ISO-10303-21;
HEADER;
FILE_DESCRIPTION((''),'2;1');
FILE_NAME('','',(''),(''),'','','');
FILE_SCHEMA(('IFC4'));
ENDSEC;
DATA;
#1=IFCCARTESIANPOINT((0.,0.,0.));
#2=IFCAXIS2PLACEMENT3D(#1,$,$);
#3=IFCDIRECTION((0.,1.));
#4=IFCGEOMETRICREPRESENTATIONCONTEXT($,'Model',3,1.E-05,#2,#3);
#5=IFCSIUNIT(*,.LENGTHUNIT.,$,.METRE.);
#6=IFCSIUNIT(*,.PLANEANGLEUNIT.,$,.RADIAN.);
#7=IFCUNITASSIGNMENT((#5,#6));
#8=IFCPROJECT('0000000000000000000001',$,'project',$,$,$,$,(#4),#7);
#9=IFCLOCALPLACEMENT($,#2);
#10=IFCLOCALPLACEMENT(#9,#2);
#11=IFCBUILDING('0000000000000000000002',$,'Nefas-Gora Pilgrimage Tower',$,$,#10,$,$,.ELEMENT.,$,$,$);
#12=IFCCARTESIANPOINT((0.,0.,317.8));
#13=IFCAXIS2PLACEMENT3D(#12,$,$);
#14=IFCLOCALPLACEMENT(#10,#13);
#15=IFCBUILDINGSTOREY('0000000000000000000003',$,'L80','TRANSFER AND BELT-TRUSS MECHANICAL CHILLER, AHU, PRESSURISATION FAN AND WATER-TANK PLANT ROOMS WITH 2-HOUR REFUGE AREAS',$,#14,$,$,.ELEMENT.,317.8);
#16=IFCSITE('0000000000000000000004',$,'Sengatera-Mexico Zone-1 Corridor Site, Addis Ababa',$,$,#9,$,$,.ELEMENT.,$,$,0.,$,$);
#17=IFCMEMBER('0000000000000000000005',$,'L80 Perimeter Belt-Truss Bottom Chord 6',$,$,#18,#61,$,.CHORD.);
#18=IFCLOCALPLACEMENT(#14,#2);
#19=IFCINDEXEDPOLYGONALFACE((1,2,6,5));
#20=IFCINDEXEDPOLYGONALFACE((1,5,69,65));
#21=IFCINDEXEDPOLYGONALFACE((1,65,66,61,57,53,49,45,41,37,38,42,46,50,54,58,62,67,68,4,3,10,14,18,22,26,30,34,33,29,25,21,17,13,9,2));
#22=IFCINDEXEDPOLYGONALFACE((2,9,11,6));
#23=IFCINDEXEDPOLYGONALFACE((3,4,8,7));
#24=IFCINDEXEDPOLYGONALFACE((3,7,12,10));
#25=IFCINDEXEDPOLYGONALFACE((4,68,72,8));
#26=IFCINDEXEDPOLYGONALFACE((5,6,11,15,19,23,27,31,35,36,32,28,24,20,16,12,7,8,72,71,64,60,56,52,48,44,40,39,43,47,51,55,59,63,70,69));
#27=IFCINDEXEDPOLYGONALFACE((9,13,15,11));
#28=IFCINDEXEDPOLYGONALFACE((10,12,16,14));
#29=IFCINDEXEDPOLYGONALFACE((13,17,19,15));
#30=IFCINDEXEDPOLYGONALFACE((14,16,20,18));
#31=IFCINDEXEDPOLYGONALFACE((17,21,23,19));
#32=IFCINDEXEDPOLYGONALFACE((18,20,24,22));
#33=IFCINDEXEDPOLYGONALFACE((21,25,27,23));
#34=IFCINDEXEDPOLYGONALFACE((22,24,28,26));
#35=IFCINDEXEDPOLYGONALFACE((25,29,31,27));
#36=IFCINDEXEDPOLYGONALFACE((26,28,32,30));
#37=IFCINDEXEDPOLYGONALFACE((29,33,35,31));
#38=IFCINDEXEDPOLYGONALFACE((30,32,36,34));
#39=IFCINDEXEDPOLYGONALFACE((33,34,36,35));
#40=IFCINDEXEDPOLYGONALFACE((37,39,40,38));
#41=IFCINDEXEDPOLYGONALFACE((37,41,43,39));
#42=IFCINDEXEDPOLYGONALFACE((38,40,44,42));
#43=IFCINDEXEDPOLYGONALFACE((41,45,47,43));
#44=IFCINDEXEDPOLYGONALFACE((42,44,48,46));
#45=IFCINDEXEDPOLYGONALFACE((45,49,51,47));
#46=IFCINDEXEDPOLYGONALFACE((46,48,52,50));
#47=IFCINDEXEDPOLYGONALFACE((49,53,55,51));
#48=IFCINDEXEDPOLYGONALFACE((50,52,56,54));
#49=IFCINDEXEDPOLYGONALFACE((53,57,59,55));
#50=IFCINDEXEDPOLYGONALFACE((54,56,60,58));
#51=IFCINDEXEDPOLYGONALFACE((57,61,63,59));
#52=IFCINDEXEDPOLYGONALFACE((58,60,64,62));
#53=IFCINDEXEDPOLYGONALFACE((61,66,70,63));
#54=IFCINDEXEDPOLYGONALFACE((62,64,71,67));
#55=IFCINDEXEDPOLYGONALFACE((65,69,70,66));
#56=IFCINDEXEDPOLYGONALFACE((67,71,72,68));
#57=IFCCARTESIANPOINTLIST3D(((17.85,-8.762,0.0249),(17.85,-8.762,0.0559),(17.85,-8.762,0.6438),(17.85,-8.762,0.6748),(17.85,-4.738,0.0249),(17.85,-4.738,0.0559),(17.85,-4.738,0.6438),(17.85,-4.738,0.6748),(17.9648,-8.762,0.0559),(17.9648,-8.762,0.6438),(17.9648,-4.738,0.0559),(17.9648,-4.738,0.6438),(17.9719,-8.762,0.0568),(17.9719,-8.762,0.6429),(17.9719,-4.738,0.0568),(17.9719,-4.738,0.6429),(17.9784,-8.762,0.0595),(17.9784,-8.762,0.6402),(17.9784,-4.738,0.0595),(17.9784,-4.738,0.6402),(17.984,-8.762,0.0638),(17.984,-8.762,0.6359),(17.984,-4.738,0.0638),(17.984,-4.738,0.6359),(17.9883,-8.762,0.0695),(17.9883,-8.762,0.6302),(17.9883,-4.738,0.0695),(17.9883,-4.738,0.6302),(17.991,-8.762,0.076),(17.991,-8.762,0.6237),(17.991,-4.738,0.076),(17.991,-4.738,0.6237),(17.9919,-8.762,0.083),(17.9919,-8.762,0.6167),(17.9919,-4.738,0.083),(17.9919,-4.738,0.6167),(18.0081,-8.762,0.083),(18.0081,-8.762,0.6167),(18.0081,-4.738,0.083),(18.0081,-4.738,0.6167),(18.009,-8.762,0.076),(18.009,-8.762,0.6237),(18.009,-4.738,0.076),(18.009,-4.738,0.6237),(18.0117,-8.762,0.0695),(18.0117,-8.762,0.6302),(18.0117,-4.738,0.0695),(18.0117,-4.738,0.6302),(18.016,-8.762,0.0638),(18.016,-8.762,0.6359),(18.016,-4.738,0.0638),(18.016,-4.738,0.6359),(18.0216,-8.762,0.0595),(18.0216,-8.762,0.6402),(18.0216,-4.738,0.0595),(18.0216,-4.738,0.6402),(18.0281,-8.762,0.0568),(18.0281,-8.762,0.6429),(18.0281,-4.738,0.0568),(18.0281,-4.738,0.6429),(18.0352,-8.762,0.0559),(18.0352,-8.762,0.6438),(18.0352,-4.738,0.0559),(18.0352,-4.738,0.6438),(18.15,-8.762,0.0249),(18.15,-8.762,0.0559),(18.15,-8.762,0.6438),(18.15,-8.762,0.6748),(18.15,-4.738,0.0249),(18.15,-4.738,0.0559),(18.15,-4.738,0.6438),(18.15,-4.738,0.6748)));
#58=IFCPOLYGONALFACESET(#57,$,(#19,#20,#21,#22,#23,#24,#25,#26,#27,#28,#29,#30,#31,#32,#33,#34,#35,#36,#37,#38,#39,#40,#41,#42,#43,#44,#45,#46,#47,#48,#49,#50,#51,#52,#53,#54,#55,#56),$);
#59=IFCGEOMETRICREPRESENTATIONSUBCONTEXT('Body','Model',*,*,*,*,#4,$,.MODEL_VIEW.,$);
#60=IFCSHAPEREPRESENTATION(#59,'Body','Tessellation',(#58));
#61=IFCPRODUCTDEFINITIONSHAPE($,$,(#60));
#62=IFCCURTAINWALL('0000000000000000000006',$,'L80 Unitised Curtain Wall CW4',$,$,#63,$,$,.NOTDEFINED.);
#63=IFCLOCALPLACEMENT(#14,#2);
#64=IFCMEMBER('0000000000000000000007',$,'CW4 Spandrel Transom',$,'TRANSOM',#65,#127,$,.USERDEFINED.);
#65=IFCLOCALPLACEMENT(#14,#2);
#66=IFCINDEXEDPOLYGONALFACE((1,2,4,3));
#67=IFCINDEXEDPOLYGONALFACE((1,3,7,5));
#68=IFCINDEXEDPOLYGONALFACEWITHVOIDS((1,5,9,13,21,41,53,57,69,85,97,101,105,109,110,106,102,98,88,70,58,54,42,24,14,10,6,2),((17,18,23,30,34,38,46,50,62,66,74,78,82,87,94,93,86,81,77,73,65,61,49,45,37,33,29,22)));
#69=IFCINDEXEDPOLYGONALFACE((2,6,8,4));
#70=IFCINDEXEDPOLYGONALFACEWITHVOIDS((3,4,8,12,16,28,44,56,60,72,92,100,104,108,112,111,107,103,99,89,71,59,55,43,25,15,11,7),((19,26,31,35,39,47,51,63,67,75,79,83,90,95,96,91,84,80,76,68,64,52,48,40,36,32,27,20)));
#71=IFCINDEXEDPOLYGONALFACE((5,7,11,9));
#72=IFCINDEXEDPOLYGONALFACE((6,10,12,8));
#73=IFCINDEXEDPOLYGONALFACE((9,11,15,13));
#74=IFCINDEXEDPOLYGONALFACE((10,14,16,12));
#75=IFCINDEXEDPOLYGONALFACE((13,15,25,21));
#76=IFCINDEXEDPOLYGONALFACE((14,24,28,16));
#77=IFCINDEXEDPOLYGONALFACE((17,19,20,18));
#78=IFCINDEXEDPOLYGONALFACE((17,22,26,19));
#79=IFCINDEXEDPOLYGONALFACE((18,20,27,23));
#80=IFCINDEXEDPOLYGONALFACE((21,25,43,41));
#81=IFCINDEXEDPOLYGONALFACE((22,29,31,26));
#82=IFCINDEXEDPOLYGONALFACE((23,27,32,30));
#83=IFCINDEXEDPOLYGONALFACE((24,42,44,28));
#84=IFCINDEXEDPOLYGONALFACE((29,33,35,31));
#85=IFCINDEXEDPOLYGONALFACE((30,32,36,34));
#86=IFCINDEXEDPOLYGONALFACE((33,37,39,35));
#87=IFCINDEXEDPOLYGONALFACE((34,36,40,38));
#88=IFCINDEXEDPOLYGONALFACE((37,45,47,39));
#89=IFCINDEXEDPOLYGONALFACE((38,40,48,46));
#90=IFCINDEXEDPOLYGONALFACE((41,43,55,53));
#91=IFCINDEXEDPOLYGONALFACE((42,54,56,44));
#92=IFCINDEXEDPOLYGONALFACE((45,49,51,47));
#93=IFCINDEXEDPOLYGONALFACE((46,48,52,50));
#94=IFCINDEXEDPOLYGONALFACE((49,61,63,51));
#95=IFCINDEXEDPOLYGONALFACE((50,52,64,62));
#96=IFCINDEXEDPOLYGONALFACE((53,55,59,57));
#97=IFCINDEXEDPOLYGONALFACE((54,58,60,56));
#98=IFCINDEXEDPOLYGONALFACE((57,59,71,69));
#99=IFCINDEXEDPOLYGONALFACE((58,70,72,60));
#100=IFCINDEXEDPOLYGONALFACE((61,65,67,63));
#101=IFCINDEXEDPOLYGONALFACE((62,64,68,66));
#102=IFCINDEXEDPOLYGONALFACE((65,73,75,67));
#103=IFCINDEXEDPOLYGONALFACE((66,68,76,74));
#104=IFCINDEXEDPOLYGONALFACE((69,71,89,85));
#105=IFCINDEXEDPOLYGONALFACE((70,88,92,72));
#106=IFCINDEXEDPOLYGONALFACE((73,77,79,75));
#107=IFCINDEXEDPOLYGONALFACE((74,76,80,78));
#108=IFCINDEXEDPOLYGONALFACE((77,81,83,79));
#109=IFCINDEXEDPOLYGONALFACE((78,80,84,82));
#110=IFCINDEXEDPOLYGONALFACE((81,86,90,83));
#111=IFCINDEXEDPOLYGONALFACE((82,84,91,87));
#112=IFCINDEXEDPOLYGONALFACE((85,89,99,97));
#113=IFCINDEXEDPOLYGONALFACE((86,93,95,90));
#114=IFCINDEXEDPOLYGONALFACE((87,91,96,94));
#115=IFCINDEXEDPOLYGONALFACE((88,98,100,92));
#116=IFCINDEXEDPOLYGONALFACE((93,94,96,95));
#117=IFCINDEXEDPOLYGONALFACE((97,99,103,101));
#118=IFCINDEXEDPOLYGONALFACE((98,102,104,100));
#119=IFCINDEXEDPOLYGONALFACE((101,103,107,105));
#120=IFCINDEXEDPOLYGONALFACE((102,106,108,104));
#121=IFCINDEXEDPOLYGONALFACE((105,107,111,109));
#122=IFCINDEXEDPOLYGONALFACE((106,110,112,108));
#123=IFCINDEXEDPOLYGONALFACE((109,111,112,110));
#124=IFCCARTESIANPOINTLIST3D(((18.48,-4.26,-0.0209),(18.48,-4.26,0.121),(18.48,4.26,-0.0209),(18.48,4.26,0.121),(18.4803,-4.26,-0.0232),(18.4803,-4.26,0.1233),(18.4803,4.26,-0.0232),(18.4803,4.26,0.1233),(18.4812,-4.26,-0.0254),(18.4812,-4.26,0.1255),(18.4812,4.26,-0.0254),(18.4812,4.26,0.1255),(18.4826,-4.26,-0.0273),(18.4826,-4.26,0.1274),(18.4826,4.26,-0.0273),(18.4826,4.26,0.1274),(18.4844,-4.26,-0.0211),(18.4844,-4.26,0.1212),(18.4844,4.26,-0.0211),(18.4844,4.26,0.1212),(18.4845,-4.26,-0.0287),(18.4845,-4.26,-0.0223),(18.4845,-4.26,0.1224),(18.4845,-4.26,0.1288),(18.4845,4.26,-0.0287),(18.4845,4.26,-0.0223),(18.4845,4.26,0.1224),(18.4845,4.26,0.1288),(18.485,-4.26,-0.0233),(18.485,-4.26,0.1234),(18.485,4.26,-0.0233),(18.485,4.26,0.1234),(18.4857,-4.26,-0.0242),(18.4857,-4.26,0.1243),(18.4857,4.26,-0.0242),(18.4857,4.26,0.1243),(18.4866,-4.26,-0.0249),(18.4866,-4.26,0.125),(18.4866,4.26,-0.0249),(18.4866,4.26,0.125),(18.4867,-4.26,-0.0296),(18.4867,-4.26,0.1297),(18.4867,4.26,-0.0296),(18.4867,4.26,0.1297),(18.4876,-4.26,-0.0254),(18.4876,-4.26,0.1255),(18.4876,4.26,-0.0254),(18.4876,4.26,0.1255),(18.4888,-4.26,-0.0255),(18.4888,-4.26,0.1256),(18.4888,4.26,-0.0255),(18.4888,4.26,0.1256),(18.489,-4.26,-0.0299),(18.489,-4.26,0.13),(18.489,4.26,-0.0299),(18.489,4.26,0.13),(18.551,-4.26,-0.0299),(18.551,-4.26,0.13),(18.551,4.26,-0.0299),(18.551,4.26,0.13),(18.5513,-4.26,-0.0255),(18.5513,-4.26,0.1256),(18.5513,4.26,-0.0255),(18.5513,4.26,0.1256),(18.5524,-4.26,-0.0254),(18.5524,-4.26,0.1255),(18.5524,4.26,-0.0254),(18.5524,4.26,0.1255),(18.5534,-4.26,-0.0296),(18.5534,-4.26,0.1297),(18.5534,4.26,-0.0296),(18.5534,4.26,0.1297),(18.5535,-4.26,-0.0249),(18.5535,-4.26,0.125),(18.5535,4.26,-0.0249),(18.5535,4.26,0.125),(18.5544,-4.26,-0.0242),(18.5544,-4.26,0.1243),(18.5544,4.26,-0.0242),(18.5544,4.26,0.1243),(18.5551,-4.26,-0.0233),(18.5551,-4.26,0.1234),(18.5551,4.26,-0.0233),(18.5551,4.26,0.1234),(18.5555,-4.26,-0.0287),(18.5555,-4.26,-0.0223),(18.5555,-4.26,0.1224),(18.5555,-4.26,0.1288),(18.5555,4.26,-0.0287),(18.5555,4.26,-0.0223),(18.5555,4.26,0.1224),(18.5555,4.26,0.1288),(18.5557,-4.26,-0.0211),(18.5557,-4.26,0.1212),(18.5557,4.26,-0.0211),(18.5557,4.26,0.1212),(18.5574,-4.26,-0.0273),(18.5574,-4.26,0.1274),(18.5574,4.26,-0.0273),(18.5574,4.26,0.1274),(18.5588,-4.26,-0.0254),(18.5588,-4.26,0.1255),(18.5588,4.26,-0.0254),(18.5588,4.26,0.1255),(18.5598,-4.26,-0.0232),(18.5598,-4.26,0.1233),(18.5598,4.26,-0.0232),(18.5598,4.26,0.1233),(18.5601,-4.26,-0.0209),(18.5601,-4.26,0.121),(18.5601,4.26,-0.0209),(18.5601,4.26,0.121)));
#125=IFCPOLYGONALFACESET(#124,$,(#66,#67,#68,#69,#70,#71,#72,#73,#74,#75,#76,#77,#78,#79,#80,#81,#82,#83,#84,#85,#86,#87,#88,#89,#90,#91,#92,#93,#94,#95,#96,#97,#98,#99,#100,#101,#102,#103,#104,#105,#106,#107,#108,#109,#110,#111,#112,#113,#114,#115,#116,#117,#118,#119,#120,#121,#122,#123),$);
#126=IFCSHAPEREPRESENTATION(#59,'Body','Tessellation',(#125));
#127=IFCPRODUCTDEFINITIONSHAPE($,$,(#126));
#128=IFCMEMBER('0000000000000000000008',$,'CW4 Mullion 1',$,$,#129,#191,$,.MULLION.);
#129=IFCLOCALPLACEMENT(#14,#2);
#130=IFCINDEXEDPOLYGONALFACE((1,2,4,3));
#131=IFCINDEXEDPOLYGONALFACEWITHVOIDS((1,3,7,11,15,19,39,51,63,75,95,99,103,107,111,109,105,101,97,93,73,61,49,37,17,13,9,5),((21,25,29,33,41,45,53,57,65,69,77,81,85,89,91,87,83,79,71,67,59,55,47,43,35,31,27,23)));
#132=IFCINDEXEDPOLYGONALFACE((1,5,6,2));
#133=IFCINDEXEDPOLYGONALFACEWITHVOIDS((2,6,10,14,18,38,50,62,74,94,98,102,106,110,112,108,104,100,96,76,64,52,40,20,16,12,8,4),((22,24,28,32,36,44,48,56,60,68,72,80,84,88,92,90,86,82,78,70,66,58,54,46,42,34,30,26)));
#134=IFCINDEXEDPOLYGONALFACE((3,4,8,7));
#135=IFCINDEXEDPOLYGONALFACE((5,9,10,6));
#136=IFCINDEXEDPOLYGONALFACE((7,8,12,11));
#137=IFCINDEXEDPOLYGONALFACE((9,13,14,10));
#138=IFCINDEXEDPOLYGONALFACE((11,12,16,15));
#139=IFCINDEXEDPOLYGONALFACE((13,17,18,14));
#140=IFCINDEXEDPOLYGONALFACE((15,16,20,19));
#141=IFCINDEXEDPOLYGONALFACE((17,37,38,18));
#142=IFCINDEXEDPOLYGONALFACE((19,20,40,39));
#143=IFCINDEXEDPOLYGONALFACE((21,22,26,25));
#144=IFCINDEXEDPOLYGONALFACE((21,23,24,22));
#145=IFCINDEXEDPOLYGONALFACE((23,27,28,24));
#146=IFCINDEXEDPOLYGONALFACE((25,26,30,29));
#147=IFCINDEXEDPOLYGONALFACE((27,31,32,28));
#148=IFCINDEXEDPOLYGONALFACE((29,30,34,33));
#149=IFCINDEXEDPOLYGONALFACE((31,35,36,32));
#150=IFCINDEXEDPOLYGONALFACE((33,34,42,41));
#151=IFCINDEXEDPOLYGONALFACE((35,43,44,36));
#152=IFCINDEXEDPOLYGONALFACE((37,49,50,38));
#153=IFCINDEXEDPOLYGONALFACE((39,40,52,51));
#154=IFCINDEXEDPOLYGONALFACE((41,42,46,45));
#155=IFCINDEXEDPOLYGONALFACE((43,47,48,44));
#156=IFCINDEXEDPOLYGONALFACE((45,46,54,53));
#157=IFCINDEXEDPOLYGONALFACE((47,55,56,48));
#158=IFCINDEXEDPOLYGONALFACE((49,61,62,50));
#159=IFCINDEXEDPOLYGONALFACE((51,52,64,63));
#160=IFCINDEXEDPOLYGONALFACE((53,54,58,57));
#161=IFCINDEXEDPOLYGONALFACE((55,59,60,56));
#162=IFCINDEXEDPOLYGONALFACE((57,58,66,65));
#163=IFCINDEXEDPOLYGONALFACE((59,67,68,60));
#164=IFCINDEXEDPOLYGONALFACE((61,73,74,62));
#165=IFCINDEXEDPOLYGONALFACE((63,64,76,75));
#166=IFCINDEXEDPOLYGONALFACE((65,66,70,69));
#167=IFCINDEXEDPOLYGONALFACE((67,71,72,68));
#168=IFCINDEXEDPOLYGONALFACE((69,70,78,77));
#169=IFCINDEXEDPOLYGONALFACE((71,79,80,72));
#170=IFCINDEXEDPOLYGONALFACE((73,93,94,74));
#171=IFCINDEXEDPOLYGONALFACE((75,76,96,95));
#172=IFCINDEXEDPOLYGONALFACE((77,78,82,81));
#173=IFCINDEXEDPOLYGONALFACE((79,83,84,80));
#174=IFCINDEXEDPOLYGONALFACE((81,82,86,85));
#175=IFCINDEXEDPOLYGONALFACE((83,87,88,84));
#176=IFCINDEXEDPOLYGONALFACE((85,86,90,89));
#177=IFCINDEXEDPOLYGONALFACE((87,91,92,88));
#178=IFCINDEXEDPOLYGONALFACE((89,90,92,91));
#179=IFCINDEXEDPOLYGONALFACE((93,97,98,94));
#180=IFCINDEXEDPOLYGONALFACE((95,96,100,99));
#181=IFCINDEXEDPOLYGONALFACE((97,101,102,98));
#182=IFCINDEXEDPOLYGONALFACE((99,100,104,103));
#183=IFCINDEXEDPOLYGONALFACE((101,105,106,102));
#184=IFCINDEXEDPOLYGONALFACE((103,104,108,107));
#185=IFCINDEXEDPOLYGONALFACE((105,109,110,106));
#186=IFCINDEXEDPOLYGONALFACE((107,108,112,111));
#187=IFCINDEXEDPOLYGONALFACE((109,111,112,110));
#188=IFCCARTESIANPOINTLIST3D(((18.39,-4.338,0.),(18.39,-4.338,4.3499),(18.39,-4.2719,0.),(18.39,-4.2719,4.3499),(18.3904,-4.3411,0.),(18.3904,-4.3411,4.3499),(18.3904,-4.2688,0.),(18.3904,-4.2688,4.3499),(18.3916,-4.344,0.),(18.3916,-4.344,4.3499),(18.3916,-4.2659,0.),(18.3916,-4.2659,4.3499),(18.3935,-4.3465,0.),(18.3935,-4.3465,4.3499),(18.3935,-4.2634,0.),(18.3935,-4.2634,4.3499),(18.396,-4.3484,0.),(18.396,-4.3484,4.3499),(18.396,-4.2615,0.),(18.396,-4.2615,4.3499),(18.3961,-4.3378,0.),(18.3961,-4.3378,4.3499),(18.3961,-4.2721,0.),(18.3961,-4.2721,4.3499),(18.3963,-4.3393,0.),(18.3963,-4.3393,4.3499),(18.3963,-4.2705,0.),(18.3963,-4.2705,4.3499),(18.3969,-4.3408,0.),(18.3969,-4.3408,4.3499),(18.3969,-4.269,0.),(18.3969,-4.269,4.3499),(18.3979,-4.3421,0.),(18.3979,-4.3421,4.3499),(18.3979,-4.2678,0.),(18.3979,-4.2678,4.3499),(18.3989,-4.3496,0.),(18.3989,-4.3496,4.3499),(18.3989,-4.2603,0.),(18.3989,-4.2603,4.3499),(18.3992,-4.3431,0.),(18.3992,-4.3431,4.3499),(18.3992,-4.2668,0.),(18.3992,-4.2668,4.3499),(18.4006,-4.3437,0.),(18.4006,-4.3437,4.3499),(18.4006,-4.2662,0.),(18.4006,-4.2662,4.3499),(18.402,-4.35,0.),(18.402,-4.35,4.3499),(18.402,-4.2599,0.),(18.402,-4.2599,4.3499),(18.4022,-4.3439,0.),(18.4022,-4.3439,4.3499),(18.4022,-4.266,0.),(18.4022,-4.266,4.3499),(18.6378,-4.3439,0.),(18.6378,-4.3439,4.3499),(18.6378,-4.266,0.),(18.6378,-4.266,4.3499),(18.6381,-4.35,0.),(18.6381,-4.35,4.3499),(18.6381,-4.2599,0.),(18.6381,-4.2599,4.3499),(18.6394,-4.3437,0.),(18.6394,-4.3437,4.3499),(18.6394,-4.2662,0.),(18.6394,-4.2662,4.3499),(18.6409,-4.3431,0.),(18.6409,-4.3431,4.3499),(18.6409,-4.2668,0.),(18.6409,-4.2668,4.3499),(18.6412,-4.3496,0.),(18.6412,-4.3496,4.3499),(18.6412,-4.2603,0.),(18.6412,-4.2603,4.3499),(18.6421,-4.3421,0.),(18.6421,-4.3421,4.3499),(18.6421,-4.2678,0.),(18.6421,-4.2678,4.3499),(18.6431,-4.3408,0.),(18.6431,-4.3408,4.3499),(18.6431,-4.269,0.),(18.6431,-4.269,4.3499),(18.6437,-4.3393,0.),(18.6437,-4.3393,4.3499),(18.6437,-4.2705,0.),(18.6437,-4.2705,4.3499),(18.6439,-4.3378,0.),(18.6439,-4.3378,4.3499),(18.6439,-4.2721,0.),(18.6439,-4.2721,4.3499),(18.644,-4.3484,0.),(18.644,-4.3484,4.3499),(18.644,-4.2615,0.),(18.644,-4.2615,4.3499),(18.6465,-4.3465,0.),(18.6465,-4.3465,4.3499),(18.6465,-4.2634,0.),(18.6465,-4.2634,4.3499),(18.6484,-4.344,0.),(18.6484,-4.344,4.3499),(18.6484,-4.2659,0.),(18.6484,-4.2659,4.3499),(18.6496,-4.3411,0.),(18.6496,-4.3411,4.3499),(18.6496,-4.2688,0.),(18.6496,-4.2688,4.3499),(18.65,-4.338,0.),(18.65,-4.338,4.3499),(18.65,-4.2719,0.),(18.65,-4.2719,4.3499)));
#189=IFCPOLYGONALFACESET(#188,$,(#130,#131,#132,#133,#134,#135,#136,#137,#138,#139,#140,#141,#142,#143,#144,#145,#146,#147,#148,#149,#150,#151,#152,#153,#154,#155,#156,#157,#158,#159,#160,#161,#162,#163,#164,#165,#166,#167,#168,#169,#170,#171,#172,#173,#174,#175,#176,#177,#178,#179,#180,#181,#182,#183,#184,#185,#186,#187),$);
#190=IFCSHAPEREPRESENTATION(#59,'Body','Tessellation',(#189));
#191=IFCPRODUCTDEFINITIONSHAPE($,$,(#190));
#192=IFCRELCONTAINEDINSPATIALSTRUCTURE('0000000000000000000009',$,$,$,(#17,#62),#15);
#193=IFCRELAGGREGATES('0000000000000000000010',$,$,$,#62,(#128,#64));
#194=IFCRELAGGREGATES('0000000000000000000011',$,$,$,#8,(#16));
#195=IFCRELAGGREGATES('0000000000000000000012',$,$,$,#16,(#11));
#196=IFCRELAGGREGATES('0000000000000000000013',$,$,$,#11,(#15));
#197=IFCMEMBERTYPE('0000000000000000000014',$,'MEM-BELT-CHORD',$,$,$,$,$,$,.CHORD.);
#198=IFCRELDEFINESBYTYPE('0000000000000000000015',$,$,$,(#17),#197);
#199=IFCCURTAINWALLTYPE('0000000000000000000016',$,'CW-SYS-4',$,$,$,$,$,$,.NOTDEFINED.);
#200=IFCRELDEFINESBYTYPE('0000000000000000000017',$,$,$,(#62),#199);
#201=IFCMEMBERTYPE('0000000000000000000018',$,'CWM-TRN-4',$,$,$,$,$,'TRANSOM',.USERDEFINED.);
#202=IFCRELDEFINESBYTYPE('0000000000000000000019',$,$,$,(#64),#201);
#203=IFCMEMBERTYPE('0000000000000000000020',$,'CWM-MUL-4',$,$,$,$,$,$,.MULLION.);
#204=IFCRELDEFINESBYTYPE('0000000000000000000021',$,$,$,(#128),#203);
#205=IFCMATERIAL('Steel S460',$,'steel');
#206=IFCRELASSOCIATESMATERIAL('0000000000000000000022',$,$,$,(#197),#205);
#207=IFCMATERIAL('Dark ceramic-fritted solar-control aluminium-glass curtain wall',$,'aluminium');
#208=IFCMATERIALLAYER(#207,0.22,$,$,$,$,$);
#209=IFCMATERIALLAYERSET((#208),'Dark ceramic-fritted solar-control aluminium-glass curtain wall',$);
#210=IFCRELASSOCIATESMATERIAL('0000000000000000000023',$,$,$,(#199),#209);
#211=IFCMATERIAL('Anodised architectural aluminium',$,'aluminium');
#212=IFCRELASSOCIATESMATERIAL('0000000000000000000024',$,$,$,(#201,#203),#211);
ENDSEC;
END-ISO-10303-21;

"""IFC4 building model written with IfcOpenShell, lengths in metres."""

from ifc_helpers import new_model, si_unit, direction, frame, origin, origin_2d, place, context, subcontext, project, spatial, hollow_rectangle, i_section, extrude, source, transform, mapped, material, layer, layer_set, material_profile, profile_set, type_object, element, aggregate, save


model = new_model("IFC4")

# Units and contexts
model_context = context("Model", 3, precision=1e-05, world=origin(), true_north=direction((0.0, 1.0)))
body_context = subcontext(model_context, "Body", "Model", "MODEL_VIEW")
ifc_project = project(units=[si_unit("LENGTHUNIT", "METRE"), si_unit("PLANEANGLEUNIT", "RADIAN")], contexts=[model_context])

# Site, building, storey
site_placement = place(None, origin())
site = spatial("IfcSite", under=ifc_project, at=site_placement, Name="Sengatera-Mexico Zone-1 Corridor Site, Addis Ababa", CompositionType="ELEMENT", RefElevation=0.0)
building_placement = place(site_placement, origin())
building = spatial("IfcBuilding", under=site, at=building_placement, Name="Nefas-Gora Pilgrimage Tower", CompositionType="ELEMENT")
storey_placement = place(building_placement, frame((0.0, 0.0, 317.8)))
storey = spatial("IfcBuildingStorey", under=building, at=storey_placement, Name="L80", Description="TRANSFER AND BELT-TRUSS MECHANICAL CHILLER, AHU, PRESSURISATION FAN AND WATER-TANK PLANT ROOMS WITH 2-HOUR REFUGE AREAS", CompositionType="ELEMENT", Elevation=317.8)

# Member
ifc_material_1 = material(Name="Steel S460", Category="steel")
ifc_material_profile_1 = material_profile(ifc_material_1, i_section(OverallWidth=0.3, OverallDepth=0.6499, WebThickness=0.0161, FlangeThickness=0.031, FilletRadius=0.0271, at=origin_2d()), Name="HEB 650")
ifc_profile_set_1 = profile_set([ifc_material_profile_1], Name="Steel S460")
member_type_1 = type_object("IfcMemberType", Name="MEM-BELT-CHORD", PredefinedType="CHORD", material=ifc_profile_set_1)
shared_shape_1 = source(origin(), body_context, "Body", "SweptSolid", [
    extrude(i_section(OverallWidth=0.3, OverallDepth=0.6499, WebThickness=0.0161, FlangeThickness=0.031, FilletRadius=0.0271, at=origin_2d()), origin(), (0.0, 0.0, 1.0), 4.0239),
])
member_1_placement = place(storey_placement, frame((18.0, -8.762, 0.3499), z_axis=(0.0, 1.0, 0.0), x_axis=(-1.0, 0.0, 0.0)))
element("IfcMember", 1, at=member_1_placement, inside=storey, type_object=member_type_1, Name="L80 Perimeter Belt-Truss Bottom Chord 6", PredefinedType="CHORD", context=body_context, shape_type="MappedRepresentation", body=[
    mapped(shared_shape_1, transform((0.0, 0.0, 0.0), x_axis=(1.0, 0.0, 0.0), y_axis=(0.0, 1.0, 0.0), z_axis=(0.0, 0.0, 1.0), scale=1.0)),
])

# Curtain wall, members
ifc_material_2 = material(Name="Dark ceramic-fritted solar-control aluminium-glass curtain wall", Category="aluminium")
ifc_layer_1 = layer(ifc_material_2, 0.22)
ifc_layer_set_1 = layer_set([ifc_layer_1], Name="Dark ceramic-fritted solar-control aluminium-glass curtain wall")
curtain_wall_type = type_object("IfcCurtainWallType", Name="CW-SYS-4", PredefinedType="NOTDEFINED", material=ifc_layer_set_1)
curtain_wall_placement = place(storey_placement, origin())
curtain_wall = element("IfcCurtainWall", 2, at=curtain_wall_placement, inside=storey, type_object=curtain_wall_type, Name="L80 Unitised Curtain Wall CW4", PredefinedType="NOTDEFINED")
ifc_material_3 = material(Name="Anodised architectural aluminium", Category="aluminium")
ifc_material_profile_2 = material_profile(ifc_material_3, hollow_rectangle(XDim=0.0801, YDim=0.1599, WallThickness=0.0044, InnerFilletRadius=0.0044, OuterFilletRadius=0.009, at=origin_2d()), Name="ALU TRANSOM 80x160")
ifc_profile_set_2 = profile_set([ifc_material_profile_2], Name="Anodised architectural aluminium")
member_type_2 = type_object("IfcMemberType", Name="CWM-TRN-4", ElementType="TRANSOM", PredefinedType="USERDEFINED", material=ifc_profile_set_2)
shared_shape_2 = source(origin(), body_context, "Body", "SweptSolid", [
    extrude(hollow_rectangle(XDim=0.0801, YDim=0.1599, WallThickness=0.0044, InnerFilletRadius=0.0044, OuterFilletRadius=0.009, at=origin_2d()), origin(), (0.0, 0.0, 1.0), 8.52),
])
member_2_placement = place(storey_placement, frame((18.52, -4.26, 0.05), z_axis=(0.0, 1.0, 0.0), x_axis=(-1.0, 0.0, 0.0)))
member_2 = element("IfcMember", 3, at=member_2_placement, type_object=member_type_2, Name="CW4 Spandrel Transom", ObjectType="TRANSOM", PredefinedType="USERDEFINED", context=body_context, shape_type="MappedRepresentation", body=[
    mapped(shared_shape_2, transform((0.0, 0.0, 0.0), x_axis=(1.0, 0.0, 0.0), y_axis=(0.0, 1.0, 0.0), z_axis=(0.0, 0.0, 1.0), scale=1.0)),
])
ifc_material_profile_3 = material_profile(ifc_material_3, hollow_rectangle(XDim=0.0901, YDim=0.26, WallThickness=0.0061, InnerFilletRadius=0.0061, OuterFilletRadius=0.012, at=origin_2d()), Name="ALU MULLION 90x260")
ifc_profile_set_3 = profile_set([ifc_material_profile_3], Name="Anodised architectural aluminium")
member_type_3 = type_object("IfcMemberType", Name="CWM-MUL-4", PredefinedType="MULLION", material=ifc_profile_set_3)
shared_shape_3 = source(origin(), body_context, "Body", "SweptSolid", [
    extrude(hollow_rectangle(XDim=0.0901, YDim=0.26, WallThickness=0.0061, InnerFilletRadius=0.0061, OuterFilletRadius=0.012, at=origin_2d()), origin(), (0.0, 0.0, 1.0), 4.3499),
])
member_3_placement = place(storey_placement, frame((18.52, -4.3049, 0.0), z_axis=(0.0, 0.0, 1.0), x_axis=(0.0, 1.0, 0.0)))
member_3 = element("IfcMember", 4, at=member_3_placement, type_object=member_type_3, Name="CW4 Mullion 1", PredefinedType="MULLION", context=body_context, shape_type="MappedRepresentation", body=[
    mapped(shared_shape_3, transform((0.0, 0.0, 0.0), x_axis=(1.0, 0.0, 0.0), y_axis=(0.0, 1.0, 0.0), z_axis=(0.0, 0.0, 1.0), scale=1.0)),
])

aggregate(curtain_wall, [member_3, member_2])

save(model, "model.ifc")
